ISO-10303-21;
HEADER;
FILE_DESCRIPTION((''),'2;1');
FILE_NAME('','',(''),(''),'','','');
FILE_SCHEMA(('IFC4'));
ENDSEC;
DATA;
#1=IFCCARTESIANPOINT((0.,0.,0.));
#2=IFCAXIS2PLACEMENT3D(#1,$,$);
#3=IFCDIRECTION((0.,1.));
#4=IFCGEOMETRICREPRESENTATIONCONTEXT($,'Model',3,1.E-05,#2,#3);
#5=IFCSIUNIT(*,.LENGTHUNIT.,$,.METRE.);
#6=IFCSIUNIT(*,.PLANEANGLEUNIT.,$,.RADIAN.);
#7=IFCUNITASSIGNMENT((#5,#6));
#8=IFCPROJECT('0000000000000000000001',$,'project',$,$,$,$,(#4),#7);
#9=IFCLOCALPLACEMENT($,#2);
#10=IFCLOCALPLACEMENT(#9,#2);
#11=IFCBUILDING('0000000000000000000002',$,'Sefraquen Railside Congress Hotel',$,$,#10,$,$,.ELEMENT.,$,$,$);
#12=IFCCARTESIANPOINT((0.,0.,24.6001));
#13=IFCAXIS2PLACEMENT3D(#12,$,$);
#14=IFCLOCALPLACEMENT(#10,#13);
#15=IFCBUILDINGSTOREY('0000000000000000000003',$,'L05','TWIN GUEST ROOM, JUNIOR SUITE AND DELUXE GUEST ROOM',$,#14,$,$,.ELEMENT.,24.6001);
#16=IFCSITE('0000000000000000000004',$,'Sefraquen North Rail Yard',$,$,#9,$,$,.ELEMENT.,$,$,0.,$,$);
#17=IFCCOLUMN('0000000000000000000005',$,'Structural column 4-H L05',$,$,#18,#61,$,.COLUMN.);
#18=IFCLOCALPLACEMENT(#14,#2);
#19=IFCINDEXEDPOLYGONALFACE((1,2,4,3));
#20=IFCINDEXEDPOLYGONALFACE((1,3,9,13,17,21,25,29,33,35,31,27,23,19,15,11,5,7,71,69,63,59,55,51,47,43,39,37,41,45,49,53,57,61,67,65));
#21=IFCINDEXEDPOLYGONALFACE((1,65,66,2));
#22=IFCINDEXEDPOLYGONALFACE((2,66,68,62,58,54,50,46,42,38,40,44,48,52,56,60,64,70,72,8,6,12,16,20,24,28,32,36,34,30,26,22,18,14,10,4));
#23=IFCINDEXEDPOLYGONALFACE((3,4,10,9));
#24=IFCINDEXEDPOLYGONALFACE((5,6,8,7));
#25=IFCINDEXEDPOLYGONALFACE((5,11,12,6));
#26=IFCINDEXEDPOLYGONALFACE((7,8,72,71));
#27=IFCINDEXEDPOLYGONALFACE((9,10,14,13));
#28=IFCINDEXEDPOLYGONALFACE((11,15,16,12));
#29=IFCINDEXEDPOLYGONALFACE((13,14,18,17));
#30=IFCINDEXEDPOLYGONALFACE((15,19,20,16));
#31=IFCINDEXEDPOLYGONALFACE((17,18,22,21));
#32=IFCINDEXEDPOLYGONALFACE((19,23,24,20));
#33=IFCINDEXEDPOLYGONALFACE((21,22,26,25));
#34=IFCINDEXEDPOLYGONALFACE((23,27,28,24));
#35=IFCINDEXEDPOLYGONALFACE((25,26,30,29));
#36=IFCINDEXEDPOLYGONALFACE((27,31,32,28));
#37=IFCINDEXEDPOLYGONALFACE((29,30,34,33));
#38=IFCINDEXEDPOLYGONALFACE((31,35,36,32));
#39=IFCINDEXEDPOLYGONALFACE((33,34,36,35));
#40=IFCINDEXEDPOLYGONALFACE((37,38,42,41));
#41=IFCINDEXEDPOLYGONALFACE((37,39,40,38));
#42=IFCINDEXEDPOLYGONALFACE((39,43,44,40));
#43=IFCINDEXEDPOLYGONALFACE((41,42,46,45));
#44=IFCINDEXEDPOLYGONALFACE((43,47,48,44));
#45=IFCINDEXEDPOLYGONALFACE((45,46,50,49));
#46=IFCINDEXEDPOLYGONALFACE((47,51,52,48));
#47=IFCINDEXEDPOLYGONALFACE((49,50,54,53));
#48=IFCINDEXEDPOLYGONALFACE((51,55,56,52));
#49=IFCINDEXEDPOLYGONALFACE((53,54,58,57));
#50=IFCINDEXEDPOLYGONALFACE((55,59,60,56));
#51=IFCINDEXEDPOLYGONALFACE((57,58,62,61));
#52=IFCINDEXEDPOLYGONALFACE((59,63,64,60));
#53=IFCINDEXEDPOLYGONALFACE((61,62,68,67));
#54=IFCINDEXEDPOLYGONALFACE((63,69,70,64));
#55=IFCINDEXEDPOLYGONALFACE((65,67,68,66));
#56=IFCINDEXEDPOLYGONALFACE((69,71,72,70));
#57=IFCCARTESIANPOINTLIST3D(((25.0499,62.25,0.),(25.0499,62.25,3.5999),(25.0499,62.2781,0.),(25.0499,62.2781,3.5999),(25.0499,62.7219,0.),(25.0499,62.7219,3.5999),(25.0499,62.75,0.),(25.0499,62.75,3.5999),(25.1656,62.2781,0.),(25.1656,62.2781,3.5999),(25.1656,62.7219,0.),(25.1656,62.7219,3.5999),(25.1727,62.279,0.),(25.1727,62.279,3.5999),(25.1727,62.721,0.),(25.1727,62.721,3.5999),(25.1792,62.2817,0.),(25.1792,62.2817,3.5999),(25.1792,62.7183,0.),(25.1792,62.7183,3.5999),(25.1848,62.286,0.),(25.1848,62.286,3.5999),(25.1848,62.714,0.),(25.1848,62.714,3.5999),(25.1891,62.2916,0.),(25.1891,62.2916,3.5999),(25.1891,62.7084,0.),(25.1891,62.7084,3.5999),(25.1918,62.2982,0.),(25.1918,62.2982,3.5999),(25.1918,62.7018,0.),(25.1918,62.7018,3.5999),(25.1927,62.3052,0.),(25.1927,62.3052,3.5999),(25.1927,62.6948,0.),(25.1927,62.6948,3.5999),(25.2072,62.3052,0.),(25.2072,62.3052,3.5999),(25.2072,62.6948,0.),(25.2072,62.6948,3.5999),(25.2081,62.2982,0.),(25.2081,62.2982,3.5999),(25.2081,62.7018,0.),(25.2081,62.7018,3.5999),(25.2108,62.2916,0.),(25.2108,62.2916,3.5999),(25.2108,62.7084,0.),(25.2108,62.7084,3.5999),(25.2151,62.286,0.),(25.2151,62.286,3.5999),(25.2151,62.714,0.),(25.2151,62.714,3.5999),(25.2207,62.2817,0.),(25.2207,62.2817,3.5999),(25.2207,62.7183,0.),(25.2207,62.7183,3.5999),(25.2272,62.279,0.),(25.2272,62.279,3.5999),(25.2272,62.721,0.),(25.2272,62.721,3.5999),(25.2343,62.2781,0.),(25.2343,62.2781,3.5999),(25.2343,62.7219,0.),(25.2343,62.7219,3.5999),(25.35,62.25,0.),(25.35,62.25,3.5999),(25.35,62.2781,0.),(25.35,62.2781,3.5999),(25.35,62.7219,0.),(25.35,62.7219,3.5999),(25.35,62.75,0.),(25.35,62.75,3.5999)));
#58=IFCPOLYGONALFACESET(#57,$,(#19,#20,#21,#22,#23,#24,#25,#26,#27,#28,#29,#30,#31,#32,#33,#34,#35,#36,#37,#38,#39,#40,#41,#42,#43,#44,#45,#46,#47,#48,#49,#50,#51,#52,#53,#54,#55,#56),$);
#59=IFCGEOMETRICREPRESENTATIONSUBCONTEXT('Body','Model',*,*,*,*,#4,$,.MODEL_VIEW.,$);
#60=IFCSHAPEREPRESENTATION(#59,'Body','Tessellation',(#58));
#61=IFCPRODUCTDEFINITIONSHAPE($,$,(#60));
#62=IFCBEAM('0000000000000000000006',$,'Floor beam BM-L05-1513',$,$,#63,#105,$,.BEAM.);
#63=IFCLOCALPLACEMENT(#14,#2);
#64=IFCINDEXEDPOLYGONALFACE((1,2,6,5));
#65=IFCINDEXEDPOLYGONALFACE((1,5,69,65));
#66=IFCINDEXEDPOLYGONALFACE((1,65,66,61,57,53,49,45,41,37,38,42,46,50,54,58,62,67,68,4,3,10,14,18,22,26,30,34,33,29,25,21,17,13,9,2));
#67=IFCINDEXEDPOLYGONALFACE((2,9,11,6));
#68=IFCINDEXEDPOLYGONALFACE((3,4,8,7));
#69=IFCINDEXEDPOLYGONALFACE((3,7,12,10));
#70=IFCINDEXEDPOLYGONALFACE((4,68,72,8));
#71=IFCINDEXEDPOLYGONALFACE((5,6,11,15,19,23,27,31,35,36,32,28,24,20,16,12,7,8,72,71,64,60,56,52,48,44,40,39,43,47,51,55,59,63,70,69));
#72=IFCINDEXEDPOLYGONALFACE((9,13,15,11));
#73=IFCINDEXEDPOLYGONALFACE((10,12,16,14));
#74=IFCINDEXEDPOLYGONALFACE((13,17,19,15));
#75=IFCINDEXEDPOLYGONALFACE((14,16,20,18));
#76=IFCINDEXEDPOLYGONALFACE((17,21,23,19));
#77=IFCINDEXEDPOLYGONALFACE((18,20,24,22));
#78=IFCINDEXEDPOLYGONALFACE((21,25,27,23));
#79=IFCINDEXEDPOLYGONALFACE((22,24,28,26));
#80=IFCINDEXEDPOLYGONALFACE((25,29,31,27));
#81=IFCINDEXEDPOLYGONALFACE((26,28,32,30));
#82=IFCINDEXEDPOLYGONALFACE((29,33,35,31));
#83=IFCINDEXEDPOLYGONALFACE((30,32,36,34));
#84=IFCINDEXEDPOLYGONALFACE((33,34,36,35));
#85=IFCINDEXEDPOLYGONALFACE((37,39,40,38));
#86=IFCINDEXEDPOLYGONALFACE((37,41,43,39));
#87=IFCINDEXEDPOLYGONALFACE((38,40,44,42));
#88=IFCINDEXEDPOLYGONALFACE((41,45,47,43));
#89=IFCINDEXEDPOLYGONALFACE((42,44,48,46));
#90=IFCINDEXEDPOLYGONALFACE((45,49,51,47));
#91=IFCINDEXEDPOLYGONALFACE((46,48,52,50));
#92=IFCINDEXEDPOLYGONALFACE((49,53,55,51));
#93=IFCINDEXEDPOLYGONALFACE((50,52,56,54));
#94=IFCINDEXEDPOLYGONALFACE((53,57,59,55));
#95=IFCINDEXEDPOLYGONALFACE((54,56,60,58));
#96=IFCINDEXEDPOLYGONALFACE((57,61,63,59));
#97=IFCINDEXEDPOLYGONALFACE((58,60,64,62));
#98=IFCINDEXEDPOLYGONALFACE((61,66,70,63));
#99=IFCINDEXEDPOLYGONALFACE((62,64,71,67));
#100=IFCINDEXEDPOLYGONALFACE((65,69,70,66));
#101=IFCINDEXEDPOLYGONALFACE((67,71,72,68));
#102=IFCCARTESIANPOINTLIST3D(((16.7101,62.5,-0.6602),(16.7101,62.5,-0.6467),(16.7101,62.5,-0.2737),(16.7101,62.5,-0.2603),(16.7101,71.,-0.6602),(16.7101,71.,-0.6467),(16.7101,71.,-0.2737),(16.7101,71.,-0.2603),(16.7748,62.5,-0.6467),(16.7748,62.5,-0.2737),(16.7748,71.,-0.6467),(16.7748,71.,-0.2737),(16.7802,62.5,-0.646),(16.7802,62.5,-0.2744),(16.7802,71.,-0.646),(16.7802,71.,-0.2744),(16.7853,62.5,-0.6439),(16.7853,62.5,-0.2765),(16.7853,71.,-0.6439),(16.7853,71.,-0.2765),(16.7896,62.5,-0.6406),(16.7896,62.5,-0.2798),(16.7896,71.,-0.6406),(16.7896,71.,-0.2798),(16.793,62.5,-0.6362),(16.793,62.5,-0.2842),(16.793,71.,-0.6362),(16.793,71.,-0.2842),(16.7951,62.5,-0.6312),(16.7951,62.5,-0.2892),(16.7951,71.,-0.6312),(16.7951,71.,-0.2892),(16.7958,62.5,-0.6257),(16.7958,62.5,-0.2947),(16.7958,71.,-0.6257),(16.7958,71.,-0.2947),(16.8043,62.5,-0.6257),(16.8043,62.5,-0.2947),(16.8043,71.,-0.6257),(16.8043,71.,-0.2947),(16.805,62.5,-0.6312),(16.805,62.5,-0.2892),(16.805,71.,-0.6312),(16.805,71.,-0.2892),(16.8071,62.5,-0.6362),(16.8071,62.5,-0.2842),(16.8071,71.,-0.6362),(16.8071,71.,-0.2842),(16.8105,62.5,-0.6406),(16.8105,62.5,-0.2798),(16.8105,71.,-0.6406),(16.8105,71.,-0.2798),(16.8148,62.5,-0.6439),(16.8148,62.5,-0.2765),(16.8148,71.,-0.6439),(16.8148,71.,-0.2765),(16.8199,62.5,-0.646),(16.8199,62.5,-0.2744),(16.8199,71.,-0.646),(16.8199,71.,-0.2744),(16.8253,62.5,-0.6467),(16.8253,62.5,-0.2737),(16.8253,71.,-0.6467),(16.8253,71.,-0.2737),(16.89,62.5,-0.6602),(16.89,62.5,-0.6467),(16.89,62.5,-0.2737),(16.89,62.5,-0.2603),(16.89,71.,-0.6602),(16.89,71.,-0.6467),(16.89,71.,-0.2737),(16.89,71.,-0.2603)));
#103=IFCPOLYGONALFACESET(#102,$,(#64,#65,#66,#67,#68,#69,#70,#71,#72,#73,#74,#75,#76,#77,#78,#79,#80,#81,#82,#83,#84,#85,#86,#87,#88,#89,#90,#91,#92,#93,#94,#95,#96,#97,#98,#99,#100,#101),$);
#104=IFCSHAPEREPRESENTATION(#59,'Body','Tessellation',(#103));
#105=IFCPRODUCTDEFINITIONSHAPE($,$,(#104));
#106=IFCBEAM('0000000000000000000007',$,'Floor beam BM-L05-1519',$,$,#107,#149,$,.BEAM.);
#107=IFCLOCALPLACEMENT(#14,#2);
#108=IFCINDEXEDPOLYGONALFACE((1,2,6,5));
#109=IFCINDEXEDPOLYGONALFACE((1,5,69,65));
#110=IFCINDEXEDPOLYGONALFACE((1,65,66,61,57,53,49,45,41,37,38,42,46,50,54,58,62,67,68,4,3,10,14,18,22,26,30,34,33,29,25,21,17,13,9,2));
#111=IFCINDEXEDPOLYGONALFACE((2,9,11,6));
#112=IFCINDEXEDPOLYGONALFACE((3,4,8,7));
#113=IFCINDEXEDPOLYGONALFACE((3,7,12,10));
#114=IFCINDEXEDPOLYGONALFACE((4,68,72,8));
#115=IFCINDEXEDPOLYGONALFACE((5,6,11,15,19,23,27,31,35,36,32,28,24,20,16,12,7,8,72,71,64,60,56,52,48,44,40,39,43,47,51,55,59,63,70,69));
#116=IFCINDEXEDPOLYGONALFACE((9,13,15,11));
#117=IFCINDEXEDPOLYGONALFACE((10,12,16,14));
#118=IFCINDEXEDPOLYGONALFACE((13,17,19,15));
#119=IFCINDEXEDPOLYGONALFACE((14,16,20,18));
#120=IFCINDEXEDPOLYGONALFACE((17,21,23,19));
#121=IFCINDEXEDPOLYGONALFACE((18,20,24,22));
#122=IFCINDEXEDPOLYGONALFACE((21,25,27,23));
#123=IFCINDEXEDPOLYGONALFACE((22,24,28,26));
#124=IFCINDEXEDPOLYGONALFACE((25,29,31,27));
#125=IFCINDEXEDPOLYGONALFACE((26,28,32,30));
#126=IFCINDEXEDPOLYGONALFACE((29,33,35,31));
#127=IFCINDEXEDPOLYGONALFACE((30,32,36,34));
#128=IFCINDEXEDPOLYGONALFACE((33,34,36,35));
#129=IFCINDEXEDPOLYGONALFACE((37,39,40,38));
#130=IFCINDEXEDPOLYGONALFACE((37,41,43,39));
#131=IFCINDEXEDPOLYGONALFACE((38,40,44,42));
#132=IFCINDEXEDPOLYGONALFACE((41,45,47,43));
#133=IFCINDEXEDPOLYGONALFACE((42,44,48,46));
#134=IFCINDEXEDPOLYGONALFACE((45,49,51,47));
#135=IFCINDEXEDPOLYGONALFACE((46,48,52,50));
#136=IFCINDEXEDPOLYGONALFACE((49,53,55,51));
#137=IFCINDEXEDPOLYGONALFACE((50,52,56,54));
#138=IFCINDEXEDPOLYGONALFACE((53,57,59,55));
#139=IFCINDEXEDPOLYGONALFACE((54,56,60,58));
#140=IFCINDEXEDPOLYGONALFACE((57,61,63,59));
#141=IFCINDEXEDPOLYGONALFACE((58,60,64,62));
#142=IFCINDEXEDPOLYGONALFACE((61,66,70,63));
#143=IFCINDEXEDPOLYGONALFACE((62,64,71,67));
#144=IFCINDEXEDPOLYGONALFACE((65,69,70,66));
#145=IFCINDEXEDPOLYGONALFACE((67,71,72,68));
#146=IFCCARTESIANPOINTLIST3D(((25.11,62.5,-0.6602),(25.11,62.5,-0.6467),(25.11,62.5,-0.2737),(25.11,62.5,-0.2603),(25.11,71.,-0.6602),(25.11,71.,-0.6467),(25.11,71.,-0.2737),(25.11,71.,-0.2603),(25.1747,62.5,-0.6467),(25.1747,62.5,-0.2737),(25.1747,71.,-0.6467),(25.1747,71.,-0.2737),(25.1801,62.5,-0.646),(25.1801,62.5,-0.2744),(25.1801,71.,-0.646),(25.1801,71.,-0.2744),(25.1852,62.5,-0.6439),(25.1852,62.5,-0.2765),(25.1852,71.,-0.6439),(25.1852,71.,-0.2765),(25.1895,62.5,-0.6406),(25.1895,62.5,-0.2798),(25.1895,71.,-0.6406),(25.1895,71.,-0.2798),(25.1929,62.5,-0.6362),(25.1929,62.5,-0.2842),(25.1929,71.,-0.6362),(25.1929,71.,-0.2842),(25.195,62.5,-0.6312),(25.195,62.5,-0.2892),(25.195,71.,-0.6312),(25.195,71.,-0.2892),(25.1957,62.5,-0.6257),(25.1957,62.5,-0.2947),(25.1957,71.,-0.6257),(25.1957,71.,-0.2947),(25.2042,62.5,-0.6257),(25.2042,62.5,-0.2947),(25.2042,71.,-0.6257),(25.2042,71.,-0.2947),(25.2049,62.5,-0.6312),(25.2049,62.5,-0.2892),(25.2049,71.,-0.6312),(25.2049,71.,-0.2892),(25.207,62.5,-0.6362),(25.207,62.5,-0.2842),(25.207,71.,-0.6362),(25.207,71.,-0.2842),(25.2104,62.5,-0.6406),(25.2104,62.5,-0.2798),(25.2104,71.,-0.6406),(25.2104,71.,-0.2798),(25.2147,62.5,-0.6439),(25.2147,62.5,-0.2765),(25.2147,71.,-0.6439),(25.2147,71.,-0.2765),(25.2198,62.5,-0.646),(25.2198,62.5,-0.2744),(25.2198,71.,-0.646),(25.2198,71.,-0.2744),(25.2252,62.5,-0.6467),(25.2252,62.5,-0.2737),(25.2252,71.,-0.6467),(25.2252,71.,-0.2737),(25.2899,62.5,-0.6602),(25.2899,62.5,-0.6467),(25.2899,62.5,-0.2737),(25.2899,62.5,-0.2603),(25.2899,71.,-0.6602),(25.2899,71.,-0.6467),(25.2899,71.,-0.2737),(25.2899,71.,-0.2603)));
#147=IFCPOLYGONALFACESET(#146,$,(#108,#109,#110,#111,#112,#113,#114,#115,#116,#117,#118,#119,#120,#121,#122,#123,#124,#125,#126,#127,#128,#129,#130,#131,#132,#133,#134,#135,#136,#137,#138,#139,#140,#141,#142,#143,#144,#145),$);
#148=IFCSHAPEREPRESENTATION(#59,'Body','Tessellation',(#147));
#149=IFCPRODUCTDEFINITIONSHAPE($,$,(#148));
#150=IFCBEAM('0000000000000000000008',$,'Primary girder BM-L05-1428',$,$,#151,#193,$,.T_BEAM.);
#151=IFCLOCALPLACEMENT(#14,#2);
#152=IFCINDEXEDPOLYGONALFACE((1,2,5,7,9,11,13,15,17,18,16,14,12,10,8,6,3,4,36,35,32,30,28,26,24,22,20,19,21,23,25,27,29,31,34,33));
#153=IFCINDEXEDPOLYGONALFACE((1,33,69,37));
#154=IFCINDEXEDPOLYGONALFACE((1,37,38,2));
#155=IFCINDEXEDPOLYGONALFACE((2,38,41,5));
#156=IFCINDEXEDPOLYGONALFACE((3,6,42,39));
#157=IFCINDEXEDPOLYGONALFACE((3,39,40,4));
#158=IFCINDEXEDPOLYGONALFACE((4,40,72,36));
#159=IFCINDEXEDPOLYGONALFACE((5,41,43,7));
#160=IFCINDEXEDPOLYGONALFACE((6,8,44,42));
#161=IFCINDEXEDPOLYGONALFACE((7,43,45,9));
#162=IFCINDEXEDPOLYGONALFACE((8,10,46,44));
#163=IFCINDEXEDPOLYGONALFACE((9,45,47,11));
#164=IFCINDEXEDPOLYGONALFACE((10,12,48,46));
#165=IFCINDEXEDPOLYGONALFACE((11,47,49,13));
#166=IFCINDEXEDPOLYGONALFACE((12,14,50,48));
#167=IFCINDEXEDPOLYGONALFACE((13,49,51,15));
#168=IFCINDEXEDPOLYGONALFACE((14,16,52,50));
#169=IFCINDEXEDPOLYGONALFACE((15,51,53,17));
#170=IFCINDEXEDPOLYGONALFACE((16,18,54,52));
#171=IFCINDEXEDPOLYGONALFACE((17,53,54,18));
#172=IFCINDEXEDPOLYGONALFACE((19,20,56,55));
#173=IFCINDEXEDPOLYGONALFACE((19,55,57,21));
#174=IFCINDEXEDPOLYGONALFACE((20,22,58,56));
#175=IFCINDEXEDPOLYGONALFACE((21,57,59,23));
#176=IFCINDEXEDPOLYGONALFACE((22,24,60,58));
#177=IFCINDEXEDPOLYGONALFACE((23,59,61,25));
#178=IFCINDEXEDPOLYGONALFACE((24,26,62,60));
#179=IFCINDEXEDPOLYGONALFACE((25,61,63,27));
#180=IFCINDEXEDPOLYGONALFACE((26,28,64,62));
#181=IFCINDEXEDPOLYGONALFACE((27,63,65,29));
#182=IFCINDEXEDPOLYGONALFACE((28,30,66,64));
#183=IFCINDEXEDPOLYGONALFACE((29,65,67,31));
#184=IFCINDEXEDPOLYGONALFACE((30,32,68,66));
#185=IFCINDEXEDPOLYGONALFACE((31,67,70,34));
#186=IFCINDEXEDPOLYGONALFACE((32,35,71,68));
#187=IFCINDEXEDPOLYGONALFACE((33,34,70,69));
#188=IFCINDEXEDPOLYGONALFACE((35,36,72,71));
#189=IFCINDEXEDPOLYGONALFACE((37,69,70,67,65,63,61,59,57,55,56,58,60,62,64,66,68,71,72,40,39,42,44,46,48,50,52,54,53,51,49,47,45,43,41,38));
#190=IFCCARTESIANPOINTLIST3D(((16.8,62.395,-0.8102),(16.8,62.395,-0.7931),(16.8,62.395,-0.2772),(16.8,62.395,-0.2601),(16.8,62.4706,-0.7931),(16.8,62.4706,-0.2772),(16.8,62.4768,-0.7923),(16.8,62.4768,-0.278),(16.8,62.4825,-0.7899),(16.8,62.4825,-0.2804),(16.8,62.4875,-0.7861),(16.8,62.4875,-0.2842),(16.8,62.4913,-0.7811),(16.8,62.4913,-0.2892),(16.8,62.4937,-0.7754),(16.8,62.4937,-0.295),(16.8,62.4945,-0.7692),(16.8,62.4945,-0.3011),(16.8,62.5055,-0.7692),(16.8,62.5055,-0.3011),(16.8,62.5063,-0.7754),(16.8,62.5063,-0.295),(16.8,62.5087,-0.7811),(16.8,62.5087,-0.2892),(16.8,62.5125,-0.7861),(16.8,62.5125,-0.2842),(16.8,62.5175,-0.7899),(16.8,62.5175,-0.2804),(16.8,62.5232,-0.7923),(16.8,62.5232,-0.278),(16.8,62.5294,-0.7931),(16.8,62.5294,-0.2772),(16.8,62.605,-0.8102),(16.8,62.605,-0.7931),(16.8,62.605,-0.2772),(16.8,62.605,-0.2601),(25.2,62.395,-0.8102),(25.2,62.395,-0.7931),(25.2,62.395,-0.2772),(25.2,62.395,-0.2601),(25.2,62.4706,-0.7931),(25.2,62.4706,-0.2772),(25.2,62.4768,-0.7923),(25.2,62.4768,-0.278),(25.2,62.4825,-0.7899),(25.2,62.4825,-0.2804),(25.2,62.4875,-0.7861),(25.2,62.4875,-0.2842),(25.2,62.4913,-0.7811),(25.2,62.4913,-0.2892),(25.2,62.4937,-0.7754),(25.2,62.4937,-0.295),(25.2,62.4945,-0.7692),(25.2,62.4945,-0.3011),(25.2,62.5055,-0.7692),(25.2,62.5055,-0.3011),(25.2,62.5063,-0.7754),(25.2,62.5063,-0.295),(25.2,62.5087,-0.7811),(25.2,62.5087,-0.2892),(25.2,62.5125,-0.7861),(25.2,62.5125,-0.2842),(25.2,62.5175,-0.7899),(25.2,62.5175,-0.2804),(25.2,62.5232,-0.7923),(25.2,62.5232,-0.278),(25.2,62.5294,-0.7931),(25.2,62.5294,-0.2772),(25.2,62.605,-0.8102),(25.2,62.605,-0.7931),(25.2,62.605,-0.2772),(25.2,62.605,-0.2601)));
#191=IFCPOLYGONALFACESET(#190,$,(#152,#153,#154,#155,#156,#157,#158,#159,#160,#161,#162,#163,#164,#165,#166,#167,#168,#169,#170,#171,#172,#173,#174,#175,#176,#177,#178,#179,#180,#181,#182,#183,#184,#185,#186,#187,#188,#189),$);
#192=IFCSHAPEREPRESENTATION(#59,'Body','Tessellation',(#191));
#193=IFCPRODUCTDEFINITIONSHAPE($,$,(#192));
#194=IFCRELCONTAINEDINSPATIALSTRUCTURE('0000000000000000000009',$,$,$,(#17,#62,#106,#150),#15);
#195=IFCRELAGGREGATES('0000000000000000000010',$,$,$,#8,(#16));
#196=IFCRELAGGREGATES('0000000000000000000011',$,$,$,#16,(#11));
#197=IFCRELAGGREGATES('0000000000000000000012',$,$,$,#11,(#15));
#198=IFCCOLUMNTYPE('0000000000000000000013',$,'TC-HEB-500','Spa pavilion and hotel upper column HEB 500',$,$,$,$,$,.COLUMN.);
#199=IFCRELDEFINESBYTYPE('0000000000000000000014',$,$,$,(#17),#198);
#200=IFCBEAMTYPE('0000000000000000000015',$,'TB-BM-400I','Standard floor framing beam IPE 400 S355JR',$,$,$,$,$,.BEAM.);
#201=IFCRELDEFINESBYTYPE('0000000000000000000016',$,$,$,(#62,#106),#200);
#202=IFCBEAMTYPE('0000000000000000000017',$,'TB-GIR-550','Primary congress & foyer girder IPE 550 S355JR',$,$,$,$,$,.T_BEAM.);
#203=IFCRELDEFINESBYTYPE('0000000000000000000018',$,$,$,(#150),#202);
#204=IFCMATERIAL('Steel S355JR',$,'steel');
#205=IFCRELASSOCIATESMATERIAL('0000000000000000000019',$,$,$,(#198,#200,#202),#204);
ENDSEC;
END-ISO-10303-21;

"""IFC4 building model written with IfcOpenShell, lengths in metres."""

from ifc_helpers import new_model, si_unit, direction, frame, origin, origin_2d, place, context, subcontext, project, spatial, i_section, extrude, material, material_profile, profile_set, type_object, element, save


model = new_model("IFC4")

# Units and contexts
model_context = context("Model", 3, precision=1e-05, world=origin(), true_north=direction((0.0, 1.0)))
body_context = subcontext(model_context, "Body", "Model", "MODEL_VIEW")
ifc_project = project(units=[si_unit("LENGTHUNIT", "METRE"), si_unit("PLANEANGLEUNIT", "RADIAN")], contexts=[model_context])

# Site, building, storey
site_placement = place(None, origin())
site = spatial("IfcSite", under=ifc_project, at=site_placement, Name="Sefraquen North Rail Yard", CompositionType="ELEMENT", RefElevation=0.0)
building_placement = place(site_placement, origin())
building = spatial("IfcBuilding", under=site, at=building_placement, Name="Sefraquen Railside Congress Hotel", CompositionType="ELEMENT")
storey_placement = place(building_placement, frame((0.0, 0.0, 24.6001)))
storey = spatial("IfcBuildingStorey", under=building, at=storey_placement, Name="L05", Description="TWIN GUEST ROOM, JUNIOR SUITE AND DELUXE GUEST ROOM", CompositionType="ELEMENT", Elevation=24.6001)

# Column
ifc_material_1 = material(Name="Steel S355JR", Category="steel")
ifc_material_profile_1 = material_profile(ifc_material_1, i_section(OverallWidth=0.3, OverallDepth=0.5, WebThickness=0.0144, FlangeThickness=0.0281, FilletRadius=0.0271, at=origin_2d()), Name="HEB 500")
ifc_profile_set_1 = profile_set([ifc_material_profile_1], Name="Steel S355JR")
column_type = type_object("IfcColumnType", Name="TC-HEB-500", Description="Spa pavilion and hotel upper column HEB 500", PredefinedType="COLUMN", material=ifc_profile_set_1)
column_placement = place(storey_placement, frame((25.2, 62.5, 0.0), z_axis=(0.0, 0.0, 1.0), x_axis=(1.0, 0.0, 0.0)))
element("IfcColumn", 1, at=column_placement, inside=storey, type_object=column_type, Name="Structural column 4-H L05", PredefinedType="COLUMN", context=body_context, shape_type="SweptSolid", body=[
    extrude(i_section(OverallWidth=0.3, OverallDepth=0.5, WebThickness=0.0144, FlangeThickness=0.0281, FilletRadius=0.0271, at=origin_2d()), origin(), (0.0, 0.0, 1.0), 3.5999),
])

# Beams
ifc_material_profile_2 = material_profile(ifc_material_1, i_section(OverallWidth=0.1799, OverallDepth=0.3999, WebThickness=0.0085, FlangeThickness=0.0134, FilletRadius=0.021, at=origin_2d()), Name="IPE 400")
ifc_profile_set_2 = profile_set([ifc_material_profile_2], Name="Steel S355JR")
beam_type_1 = type_object("IfcBeamType", Name="TB-BM-400I", Description="Standard floor framing beam IPE 400 S355JR", PredefinedType="BEAM", material=ifc_profile_set_2)
for number, where, z_axis, x_axis, name in (
    (2, (16.8, 62.5, -0.4602), (0.0, 1.0, 0.0), (-1.0, 0.0, 0.0), "Floor beam BM-L05-1513"),
    (3, (25.2, 62.5, -0.4602), (0.0, 1.0, 0.0), (-1.0, 0.0, 0.0), "Floor beam BM-L05-1519"),
):
    element("IfcBeam", number, at=place(storey_placement, frame(where, z_axis=z_axis, x_axis=x_axis)), inside=storey, type_object=beam_type_1, Name=name, PredefinedType="BEAM", context=body_context, shape_type="SweptSolid", body=[
        extrude(i_section(OverallWidth=0.1799, OverallDepth=0.3999, WebThickness=0.0085, FlangeThickness=0.0134, FilletRadius=0.021, at=origin_2d()), origin(), (0.0, 0.0, 1.0), 8.5),
    ])
ifc_material_profile_3 = material_profile(ifc_material_1, i_section(OverallWidth=0.21, OverallDepth=0.55, WebThickness=0.011, FlangeThickness=0.0171, FilletRadius=0.0239, at=origin_2d()), Name="IPE 550")
ifc_profile_set_3 = profile_set([ifc_material_profile_3], Name="Steel S355JR")
beam_type_2 = type_object("IfcBeamType", Name="TB-GIR-550", Description="Primary congress & foyer girder IPE 550 S355JR", PredefinedType="T_BEAM", material=ifc_profile_set_3)
beam_placement = place(storey_placement, frame((16.8, 62.5, -0.5352), z_axis=(1.0, 0.0, 0.0), x_axis=(0.0, 1.0, 0.0)))
element("IfcBeam", 4, at=beam_placement, inside=storey, type_object=beam_type_2, Name="Primary girder BM-L05-1428", PredefinedType="T_BEAM", context=body_context, shape_type="SweptSolid", body=[
    extrude(i_section(OverallWidth=0.21, OverallDepth=0.55, WebThickness=0.011, FlangeThickness=0.0171, FilletRadius=0.0239, at=origin_2d()), origin(), (0.0, 0.0, 1.0), 8.3999),
])

save(model, "model.ifc")
